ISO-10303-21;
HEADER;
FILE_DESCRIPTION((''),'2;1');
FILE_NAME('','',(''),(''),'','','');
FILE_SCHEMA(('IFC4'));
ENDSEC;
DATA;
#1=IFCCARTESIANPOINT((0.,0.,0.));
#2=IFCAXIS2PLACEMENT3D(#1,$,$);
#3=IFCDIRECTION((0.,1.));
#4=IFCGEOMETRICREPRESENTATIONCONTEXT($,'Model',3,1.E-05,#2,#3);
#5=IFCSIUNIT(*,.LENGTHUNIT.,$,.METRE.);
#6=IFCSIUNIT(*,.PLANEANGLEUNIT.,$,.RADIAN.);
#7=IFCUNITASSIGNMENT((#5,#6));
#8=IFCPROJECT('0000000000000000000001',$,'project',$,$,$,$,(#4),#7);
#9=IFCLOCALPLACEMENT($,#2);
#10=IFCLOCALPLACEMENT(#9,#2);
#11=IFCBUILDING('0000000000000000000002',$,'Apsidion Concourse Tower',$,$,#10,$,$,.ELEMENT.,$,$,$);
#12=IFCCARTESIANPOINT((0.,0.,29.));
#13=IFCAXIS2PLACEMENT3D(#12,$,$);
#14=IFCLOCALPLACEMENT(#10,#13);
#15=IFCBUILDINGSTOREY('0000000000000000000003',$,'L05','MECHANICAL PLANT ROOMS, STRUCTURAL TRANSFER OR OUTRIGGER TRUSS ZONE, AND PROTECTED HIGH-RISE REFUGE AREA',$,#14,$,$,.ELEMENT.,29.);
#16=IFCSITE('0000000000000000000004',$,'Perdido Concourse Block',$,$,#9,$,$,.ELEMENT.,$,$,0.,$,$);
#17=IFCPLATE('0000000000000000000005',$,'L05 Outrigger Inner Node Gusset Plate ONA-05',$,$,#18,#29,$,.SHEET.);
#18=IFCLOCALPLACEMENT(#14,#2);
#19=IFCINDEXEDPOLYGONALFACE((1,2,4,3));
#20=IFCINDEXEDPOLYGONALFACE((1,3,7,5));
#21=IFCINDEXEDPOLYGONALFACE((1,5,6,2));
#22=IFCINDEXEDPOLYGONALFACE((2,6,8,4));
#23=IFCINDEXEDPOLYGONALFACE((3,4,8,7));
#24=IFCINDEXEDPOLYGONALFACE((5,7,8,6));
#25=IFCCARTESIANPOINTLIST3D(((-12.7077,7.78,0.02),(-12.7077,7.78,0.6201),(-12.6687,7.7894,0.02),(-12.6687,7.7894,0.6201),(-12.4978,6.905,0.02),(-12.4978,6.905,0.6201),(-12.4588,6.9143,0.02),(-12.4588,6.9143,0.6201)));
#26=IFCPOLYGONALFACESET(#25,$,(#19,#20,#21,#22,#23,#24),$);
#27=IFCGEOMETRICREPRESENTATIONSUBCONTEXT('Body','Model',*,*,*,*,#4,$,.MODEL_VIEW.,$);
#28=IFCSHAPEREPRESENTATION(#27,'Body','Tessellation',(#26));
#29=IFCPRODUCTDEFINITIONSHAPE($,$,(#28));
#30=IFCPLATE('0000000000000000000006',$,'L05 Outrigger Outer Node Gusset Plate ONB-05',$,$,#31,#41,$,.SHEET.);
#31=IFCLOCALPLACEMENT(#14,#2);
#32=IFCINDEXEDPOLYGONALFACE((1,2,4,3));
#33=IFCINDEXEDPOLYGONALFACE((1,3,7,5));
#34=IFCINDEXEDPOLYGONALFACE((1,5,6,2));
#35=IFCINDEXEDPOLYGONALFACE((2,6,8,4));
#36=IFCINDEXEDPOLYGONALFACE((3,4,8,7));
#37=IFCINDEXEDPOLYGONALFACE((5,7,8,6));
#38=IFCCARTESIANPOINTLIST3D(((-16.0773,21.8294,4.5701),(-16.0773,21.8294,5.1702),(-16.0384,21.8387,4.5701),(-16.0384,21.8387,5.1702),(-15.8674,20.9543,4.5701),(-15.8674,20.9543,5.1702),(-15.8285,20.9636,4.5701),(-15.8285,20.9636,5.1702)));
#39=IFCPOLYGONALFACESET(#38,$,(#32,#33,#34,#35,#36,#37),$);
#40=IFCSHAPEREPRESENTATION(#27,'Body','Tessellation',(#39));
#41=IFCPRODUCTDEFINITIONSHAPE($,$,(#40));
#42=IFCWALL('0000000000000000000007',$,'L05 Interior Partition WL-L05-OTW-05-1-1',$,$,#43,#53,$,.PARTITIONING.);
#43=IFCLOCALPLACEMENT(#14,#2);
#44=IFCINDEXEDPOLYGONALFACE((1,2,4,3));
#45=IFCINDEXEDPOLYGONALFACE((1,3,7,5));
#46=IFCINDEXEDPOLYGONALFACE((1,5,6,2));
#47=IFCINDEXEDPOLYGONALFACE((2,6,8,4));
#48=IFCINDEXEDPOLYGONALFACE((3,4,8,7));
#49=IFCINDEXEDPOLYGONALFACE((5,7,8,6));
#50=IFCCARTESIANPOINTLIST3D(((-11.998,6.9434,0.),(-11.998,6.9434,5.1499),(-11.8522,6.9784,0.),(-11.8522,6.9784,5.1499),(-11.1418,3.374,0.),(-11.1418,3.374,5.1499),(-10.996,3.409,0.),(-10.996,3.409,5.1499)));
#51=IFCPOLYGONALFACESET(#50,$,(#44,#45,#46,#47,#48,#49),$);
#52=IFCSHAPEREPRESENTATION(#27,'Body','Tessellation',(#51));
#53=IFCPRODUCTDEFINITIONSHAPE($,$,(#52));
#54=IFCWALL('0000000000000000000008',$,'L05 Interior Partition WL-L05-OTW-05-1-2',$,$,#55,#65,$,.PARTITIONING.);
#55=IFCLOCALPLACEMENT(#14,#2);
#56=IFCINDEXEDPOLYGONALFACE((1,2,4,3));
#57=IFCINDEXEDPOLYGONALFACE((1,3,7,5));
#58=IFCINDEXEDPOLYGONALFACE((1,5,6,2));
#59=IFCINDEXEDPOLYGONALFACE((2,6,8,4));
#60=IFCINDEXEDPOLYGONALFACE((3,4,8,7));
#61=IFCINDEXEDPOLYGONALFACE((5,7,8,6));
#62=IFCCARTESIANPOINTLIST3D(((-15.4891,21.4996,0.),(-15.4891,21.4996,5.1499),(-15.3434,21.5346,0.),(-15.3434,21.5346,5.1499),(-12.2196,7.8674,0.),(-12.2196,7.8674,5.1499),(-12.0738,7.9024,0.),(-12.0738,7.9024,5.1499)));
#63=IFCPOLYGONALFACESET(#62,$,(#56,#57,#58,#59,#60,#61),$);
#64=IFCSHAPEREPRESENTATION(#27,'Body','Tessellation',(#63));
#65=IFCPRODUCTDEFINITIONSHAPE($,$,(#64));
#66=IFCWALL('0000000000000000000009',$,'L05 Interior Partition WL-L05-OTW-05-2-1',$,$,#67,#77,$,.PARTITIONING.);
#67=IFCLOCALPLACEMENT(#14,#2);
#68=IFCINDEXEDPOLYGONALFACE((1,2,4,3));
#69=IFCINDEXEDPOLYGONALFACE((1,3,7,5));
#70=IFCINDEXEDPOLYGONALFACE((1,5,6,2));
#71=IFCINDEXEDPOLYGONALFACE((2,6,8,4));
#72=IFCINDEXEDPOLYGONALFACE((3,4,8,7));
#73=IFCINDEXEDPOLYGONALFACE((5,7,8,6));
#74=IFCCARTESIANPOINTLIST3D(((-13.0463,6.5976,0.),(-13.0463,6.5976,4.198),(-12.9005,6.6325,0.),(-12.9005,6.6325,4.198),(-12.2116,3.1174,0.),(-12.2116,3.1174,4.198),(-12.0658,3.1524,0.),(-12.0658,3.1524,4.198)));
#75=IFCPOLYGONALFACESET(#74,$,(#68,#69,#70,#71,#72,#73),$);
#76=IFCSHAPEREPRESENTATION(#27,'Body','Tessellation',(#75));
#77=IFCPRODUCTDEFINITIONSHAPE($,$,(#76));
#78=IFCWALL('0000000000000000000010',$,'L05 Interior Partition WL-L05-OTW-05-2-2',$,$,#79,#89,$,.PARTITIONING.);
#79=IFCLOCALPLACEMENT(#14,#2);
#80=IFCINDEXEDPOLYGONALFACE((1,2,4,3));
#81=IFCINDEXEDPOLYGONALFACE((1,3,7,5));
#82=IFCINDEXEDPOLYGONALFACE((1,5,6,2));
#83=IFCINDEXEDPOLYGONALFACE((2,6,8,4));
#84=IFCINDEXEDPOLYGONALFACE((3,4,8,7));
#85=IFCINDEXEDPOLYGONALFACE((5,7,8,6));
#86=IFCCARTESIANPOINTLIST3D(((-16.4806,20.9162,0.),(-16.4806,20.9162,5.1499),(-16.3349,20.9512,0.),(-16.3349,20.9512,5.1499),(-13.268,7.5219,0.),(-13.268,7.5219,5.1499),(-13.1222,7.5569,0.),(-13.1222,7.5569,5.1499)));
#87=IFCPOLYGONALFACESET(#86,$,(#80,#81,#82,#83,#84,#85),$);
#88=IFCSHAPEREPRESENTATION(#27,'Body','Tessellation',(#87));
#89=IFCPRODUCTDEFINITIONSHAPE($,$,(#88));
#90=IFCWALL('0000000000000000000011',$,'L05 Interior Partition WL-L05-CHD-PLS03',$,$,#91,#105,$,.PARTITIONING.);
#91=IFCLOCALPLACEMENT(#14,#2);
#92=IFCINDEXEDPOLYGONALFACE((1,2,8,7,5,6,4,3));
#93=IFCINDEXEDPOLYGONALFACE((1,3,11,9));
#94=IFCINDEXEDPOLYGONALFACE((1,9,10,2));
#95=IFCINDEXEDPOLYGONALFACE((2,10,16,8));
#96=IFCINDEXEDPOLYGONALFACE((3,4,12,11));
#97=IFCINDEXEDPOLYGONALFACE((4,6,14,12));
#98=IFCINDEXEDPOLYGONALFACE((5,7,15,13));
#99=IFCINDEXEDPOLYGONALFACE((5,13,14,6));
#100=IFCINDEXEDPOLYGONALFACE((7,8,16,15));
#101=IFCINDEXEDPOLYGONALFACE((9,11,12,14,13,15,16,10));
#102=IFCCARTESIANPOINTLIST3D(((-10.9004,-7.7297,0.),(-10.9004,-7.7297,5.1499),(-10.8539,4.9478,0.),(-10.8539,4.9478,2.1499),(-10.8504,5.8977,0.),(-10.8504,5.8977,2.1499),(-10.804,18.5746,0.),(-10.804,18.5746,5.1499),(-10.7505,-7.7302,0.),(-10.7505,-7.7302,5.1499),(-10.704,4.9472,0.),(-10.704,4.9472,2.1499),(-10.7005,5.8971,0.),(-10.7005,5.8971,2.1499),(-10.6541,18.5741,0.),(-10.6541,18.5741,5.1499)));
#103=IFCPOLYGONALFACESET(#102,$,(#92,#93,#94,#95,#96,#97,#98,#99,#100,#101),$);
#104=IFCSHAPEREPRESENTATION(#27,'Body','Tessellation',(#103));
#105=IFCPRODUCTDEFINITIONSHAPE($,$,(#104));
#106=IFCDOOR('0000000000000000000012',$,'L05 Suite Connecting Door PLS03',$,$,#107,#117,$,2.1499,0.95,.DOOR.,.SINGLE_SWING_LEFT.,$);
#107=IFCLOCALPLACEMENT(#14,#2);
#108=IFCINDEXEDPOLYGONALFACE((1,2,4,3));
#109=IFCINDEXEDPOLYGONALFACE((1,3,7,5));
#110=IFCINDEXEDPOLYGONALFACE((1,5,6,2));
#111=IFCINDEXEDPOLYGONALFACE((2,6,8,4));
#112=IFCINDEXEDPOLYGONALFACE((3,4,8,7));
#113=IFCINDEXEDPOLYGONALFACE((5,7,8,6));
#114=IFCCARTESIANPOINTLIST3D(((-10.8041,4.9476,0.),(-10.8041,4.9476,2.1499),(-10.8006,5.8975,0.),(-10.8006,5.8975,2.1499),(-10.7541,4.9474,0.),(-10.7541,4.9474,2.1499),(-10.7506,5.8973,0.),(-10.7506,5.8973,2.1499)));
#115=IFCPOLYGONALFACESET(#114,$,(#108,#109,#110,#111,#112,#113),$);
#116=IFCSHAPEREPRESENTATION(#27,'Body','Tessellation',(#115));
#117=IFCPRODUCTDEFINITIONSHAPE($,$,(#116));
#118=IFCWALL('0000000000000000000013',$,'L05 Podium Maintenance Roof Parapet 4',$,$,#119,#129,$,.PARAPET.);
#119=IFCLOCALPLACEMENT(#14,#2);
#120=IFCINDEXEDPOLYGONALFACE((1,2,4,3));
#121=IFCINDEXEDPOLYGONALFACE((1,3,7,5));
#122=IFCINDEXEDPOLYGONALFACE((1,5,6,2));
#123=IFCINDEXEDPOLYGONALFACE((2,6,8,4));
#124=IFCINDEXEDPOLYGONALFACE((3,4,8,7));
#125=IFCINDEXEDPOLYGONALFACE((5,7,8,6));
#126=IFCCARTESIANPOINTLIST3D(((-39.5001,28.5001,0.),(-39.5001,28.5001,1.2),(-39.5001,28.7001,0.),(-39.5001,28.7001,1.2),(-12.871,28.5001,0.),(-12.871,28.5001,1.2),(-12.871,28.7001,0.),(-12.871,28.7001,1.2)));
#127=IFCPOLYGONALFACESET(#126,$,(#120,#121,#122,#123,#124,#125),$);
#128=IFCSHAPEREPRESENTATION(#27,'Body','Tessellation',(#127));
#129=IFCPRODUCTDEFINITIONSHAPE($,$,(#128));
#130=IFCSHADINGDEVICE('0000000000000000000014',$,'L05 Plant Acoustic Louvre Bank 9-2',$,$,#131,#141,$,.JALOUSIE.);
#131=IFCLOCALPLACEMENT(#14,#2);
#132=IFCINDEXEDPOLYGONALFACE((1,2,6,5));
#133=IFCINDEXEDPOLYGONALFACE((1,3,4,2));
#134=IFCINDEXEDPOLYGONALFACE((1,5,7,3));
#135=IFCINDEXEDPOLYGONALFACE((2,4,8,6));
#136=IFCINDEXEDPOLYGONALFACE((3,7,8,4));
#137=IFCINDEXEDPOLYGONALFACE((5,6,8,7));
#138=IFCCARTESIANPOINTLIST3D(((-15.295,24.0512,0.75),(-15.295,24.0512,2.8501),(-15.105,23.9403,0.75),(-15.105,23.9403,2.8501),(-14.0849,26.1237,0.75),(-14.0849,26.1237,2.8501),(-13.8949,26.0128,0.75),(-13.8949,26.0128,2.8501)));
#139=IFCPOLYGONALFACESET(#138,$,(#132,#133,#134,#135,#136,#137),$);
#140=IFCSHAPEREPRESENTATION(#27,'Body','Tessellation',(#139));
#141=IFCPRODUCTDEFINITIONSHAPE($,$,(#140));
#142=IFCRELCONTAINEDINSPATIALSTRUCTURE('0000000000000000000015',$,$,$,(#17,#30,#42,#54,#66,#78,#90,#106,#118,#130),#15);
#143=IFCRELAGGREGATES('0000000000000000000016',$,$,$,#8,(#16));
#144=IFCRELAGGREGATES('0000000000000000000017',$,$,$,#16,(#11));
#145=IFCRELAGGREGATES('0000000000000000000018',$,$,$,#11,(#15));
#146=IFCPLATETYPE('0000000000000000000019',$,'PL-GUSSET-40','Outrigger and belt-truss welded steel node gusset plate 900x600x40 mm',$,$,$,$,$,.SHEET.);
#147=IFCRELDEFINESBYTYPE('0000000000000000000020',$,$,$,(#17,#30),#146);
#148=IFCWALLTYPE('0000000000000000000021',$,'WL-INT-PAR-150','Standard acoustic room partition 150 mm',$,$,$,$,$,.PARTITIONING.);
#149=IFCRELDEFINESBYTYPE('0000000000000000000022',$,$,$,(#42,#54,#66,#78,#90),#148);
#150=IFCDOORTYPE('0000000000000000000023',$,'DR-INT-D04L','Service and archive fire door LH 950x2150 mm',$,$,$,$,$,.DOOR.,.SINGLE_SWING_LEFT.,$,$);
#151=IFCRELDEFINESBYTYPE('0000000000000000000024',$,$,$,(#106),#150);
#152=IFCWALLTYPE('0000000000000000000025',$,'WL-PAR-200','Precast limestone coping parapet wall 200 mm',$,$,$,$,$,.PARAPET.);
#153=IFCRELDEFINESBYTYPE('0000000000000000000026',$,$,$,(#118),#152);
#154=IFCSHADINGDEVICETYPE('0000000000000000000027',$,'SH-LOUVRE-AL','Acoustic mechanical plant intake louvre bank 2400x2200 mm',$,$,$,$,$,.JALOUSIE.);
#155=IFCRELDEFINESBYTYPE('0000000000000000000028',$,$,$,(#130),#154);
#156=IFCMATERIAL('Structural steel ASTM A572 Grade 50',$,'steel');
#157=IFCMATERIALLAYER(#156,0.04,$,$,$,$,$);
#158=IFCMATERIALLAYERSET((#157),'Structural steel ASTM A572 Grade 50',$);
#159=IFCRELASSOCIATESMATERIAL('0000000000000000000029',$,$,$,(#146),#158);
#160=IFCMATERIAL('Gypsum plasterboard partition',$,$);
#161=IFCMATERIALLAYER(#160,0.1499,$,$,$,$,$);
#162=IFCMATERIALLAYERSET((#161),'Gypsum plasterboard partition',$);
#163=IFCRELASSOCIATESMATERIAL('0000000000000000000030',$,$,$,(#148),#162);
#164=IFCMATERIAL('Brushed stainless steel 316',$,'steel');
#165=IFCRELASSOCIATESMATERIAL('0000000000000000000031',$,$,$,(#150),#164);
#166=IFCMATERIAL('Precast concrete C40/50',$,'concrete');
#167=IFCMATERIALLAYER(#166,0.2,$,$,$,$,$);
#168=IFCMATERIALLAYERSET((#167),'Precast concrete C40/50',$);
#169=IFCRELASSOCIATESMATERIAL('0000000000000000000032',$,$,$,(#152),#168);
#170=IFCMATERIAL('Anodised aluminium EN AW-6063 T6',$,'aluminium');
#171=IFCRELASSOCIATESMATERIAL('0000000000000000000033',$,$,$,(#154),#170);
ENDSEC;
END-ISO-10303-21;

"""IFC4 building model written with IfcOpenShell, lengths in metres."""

from ifc_helpers import new_model, si_unit, direction, frame, frame_2d, origin, origin_2d, place, context, subcontext, project, spatial, rectangle, extrude, material, layer, layer_set, type_object, element, fill, save


model = new_model("IFC4")

# Units and contexts
model_context = context("Model", 3, precision=1e-05, world=origin(), true_north=direction((0.0, 1.0)))
body_context = subcontext(model_context, "Body", "Model", "MODEL_VIEW")
ifc_project = project(units=[si_unit("LENGTHUNIT", "METRE"), si_unit("PLANEANGLEUNIT", "RADIAN")], contexts=[model_context])

# Site, building, storey
site_placement = place(None, origin())
site = spatial("IfcSite", under=ifc_project, at=site_placement, Name="Perdido Concourse Block", CompositionType="ELEMENT", RefElevation=0.0)
building_placement = place(site_placement, origin())
building = spatial("IfcBuilding", under=site, at=building_placement, Name="Apsidion Concourse Tower", CompositionType="ELEMENT")
storey_placement = place(building_placement, frame((0.0, 0.0, 29.0)))
storey = spatial("IfcBuildingStorey", under=building, at=storey_placement, Name="L05", Description="MECHANICAL PLANT ROOMS, STRUCTURAL TRANSFER OR OUTRIGGER TRUSS ZONE, AND PROTECTED HIGH-RISE REFUGE AREA", CompositionType="ELEMENT", Elevation=29.0)

# Shared definitions
ifc_material_1 = material(Name="Structural steel ASTM A572 Grade 50", Category="steel")

# Plates
ifc_layer_1 = layer(ifc_material_1, 0.04)
ifc_layer_set_1 = layer_set([ifc_layer_1], Name="Structural steel ASTM A572 Grade 50")
plate_type_1 = type_object("IfcPlateType", Name="PL-GUSSET-40", Description="Outrigger and belt-truss welded steel node gusset plate 900x600x40 mm", PredefinedType="SHEET", material=ifc_layer_set_1)
for number, where, z_axis, x_axis, name in (
    (1, (-12.5833, 7.3472, 0.02), (0.0, 0.0, 1.0), (-0.233276, 0.972411, 0.0), "L05 Outrigger Inner Node Gusset Plate ONA-05"),
    (2, (-15.9529, 21.3965, 4.5701), (0.0, 0.0, 1.0), (-0.233276, 0.972411, 0.0), "L05 Outrigger Outer Node Gusset Plate ONB-05"),
):
    element("IfcPlate", number, at=place(storey_placement, frame(where, z_axis=z_axis, x_axis=x_axis)), inside=storey, type_object=plate_type_1, Name=name, PredefinedType="SHEET", context=body_context, shape_type="SweptSolid", body=[
        extrude(rectangle(XDim=0.8999, YDim=0.04, at=origin_2d()), origin(), (0.0, 0.0, 1.0), 0.6001),
    ])

# Walls
ifc_material_2 = material(Name="Gypsum plasterboard partition")
ifc_layer_2 = layer(ifc_material_2, 0.1499)
ifc_layer_set_2 = layer_set([ifc_layer_2], Name="Gypsum plasterboard partition")
wall_type_1 = type_object("IfcWallType", Name="WL-INT-PAR-150", Description="Standard acoustic room partition 150 mm", PredefinedType="PARTITIONING", material=ifc_layer_set_2)
wall_1_placement = place(storey_placement, frame((-11.0688, 3.3914, 0.0), z_axis=(0.0, 0.0, 1.0), x_axis=(-0.23326, 0.972414, 0.0)))
element("IfcWall", 3, at=wall_1_placement, inside=storey, type_object=wall_type_1, Name="L05 Interior Partition WL-L05-OTW-05-1-1", PredefinedType="PARTITIONING", context=body_context, shape_type="SweptSolid", body=[
    extrude(rectangle(XDim=3.6707, YDim=0.1499, at=frame_2d((1.8354, 0.0))), origin(), (0.0, 0.0, 1.0), 5.1499),
])
wall_2_placement = place(storey_placement, frame((-12.1467, 7.885, 0.0), z_axis=(0.0, 0.0, 1.0), x_axis=(-0.233227, 0.972422, 0.0)))
element("IfcWall", 4, at=wall_2_placement, inside=storey, type_object=wall_type_1, Name="L05 Interior Partition WL-L05-OTW-05-1-2", PredefinedType="PARTITIONING", context=body_context, shape_type="SweptSolid", body=[
    extrude(rectangle(XDim=14.0188, YDim=0.1499, at=frame_2d((7.0093, 0.0))), origin(), (0.0, 0.0, 1.0), 5.1499),
])
wall_3_placement = place(storey_placement, frame((-12.1387, 3.1348, 0.0), z_axis=(0.0, 0.0, 1.0), x_axis=(-0.233231, 0.972421, 0.0)))
element("IfcWall", 5, at=wall_3_placement, inside=storey, type_object=wall_type_1, Name="L05 Interior Partition WL-L05-OTW-05-2-1", PredefinedType="PARTITIONING", context=body_context, shape_type="SweptSolid", body=[
    extrude(rectangle(XDim=3.5789, YDim=0.1499, at=frame_2d((1.7896, 0.0))), origin(), (0.0, 0.0, 1.0), 4.198),
])
wall_4_placement = place(storey_placement, frame((-13.1951, 7.5393, 0.0), z_axis=(0.0, 0.0, 1.0), x_axis=(-0.233237, 0.97242, 0.0)))
element("IfcWall", 6, at=wall_4_placement, inside=storey, type_object=wall_type_1, Name="L05 Interior Partition WL-L05-OTW-05-2-2", PredefinedType="PARTITIONING", context=body_context, shape_type="SweptSolid", body=[
    extrude(rectangle(XDim=13.7742, YDim=0.1499, at=frame_2d((6.8872, 0.0))), origin(), (0.0, 0.0, 1.0), 5.1499),
])

# Wall, opening, door
wall_5_placement = place(storey_placement, frame((-10.729, 18.5745, 0.0), z_axis=(0.0, 0.0, 1.0), x_axis=(-0.003666, -0.999993, 0.0)))
wall_5 = element("IfcWall", 7, at=wall_5_placement, inside=storey, type_object=wall_type_1, Name="L05 Interior Partition WL-L05-CHD-PLS03", PredefinedType="PARTITIONING", context=body_context, shape_type="SweptSolid", body=[
    extrude(rectangle(XDim=26.3044, YDim=0.1499, at=frame_2d((13.1523, 0.0))), origin(), (0.0, 0.0, 1.0), 5.1499),
])
opening_placement = place(wall_5_placement, frame((12.677, 0.0, 0.0)))
opening = element("IfcOpeningElement", 8, at=opening_placement, cuts=wall_5, PredefinedType="OPENING", context=body_context, shape_type="SweptSolid", body=[
    extrude(rectangle(XDim=0.95, YDim=2.1499, at=frame_2d((0.4751, 1.075))), frame((0.0, 0.085, 0.0), z_axis=(0.0, -1.0, 0.0), x_axis=(1.0, 0.0, 0.0)), (0.0, 0.0, 1.0), 0.1699),
])
ifc_material_3 = material(Name="Brushed stainless steel 316", Category="steel")
door_type = type_object("IfcDoorType", Name="DR-INT-D04L", Description="Service and archive fire door LH 950x2150 mm", OperationType="SINGLE_SWING_LEFT", PredefinedType="DOOR", material=ifc_material_3)
door_placement = place(opening_placement, origin())
door = element("IfcDoor", 9, at=door_placement, inside=storey, type_object=door_type, Name="L05 Suite Connecting Door PLS03", OperationType="SINGLE_SWING_LEFT", OverallHeight=2.1499, OverallWidth=0.95, PredefinedType="DOOR", context=body_context, shape_type="SweptSolid", body=[
    extrude(rectangle(XDim=0.95, YDim=2.1499, at=frame_2d((0.4751, 1.075))), frame((0.0, 0.0249, 0.0), z_axis=(0.0, -1.0, 0.0), x_axis=(1.0, 0.0, 0.0)), (0.0, 0.0, 1.0), 0.05),
])
fill(opening, door)

# Wall
ifc_material_4 = material(Name="Precast concrete C40/50", Category="concrete")
ifc_layer_3 = layer(ifc_material_4, 0.2)
ifc_layer_set_3 = layer_set([ifc_layer_3], Name="Precast concrete C40/50")
wall_type_2 = type_object("IfcWallType", Name="WL-PAR-200", Description="Precast limestone coping parapet wall 200 mm", PredefinedType="PARAPET", material=ifc_layer_set_3)
wall_6_placement = place(storey_placement, frame((-39.5, 28.6001, 0.0), z_axis=(0.0, 0.0, 1.0), x_axis=(1.0, 0.0, 0.0)))
element("IfcWall", 10, at=wall_6_placement, inside=storey, type_object=wall_type_2, Name="L05 Podium Maintenance Roof Parapet 4", PredefinedType="PARAPET", context=body_context, shape_type="SweptSolid", body=[
    extrude(rectangle(XDim=26.6292, YDim=0.2, at=frame_2d((13.3145, 0.0))), origin(), (0.0, 0.0, 1.0), 1.2),
])

# Shading device
ifc_material_5 = material(Name="Anodised aluminium EN AW-6063 T6", Category="aluminium")
shading_device_type = type_object("IfcShadingDeviceType", Name="SH-LOUVRE-AL", Description="Acoustic mechanical plant intake louvre bank 2400x2200 mm", PredefinedType="JALOUSIE", material=ifc_material_5)
shading_device_placement = place(storey_placement, frame((-14.595, 25.032, 0.75), z_axis=(0.0, 0.0, 1.0), x_axis=(0.504226, 0.863572, 0.0)))
element("IfcShadingDevice", 11, at=shading_device_placement, inside=storey, type_object=shading_device_type, Name="L05 Plant Acoustic Louvre Bank 9-2", PredefinedType="JALOUSIE", context=body_context, shape_type="SweptSolid", body=[
    extrude(rectangle(XDim=2.3999, YDim=0.22, at=origin_2d()), origin(), (0.0, 0.0, 1.0), 2.1001),
])

save(model, "model.ifc")
